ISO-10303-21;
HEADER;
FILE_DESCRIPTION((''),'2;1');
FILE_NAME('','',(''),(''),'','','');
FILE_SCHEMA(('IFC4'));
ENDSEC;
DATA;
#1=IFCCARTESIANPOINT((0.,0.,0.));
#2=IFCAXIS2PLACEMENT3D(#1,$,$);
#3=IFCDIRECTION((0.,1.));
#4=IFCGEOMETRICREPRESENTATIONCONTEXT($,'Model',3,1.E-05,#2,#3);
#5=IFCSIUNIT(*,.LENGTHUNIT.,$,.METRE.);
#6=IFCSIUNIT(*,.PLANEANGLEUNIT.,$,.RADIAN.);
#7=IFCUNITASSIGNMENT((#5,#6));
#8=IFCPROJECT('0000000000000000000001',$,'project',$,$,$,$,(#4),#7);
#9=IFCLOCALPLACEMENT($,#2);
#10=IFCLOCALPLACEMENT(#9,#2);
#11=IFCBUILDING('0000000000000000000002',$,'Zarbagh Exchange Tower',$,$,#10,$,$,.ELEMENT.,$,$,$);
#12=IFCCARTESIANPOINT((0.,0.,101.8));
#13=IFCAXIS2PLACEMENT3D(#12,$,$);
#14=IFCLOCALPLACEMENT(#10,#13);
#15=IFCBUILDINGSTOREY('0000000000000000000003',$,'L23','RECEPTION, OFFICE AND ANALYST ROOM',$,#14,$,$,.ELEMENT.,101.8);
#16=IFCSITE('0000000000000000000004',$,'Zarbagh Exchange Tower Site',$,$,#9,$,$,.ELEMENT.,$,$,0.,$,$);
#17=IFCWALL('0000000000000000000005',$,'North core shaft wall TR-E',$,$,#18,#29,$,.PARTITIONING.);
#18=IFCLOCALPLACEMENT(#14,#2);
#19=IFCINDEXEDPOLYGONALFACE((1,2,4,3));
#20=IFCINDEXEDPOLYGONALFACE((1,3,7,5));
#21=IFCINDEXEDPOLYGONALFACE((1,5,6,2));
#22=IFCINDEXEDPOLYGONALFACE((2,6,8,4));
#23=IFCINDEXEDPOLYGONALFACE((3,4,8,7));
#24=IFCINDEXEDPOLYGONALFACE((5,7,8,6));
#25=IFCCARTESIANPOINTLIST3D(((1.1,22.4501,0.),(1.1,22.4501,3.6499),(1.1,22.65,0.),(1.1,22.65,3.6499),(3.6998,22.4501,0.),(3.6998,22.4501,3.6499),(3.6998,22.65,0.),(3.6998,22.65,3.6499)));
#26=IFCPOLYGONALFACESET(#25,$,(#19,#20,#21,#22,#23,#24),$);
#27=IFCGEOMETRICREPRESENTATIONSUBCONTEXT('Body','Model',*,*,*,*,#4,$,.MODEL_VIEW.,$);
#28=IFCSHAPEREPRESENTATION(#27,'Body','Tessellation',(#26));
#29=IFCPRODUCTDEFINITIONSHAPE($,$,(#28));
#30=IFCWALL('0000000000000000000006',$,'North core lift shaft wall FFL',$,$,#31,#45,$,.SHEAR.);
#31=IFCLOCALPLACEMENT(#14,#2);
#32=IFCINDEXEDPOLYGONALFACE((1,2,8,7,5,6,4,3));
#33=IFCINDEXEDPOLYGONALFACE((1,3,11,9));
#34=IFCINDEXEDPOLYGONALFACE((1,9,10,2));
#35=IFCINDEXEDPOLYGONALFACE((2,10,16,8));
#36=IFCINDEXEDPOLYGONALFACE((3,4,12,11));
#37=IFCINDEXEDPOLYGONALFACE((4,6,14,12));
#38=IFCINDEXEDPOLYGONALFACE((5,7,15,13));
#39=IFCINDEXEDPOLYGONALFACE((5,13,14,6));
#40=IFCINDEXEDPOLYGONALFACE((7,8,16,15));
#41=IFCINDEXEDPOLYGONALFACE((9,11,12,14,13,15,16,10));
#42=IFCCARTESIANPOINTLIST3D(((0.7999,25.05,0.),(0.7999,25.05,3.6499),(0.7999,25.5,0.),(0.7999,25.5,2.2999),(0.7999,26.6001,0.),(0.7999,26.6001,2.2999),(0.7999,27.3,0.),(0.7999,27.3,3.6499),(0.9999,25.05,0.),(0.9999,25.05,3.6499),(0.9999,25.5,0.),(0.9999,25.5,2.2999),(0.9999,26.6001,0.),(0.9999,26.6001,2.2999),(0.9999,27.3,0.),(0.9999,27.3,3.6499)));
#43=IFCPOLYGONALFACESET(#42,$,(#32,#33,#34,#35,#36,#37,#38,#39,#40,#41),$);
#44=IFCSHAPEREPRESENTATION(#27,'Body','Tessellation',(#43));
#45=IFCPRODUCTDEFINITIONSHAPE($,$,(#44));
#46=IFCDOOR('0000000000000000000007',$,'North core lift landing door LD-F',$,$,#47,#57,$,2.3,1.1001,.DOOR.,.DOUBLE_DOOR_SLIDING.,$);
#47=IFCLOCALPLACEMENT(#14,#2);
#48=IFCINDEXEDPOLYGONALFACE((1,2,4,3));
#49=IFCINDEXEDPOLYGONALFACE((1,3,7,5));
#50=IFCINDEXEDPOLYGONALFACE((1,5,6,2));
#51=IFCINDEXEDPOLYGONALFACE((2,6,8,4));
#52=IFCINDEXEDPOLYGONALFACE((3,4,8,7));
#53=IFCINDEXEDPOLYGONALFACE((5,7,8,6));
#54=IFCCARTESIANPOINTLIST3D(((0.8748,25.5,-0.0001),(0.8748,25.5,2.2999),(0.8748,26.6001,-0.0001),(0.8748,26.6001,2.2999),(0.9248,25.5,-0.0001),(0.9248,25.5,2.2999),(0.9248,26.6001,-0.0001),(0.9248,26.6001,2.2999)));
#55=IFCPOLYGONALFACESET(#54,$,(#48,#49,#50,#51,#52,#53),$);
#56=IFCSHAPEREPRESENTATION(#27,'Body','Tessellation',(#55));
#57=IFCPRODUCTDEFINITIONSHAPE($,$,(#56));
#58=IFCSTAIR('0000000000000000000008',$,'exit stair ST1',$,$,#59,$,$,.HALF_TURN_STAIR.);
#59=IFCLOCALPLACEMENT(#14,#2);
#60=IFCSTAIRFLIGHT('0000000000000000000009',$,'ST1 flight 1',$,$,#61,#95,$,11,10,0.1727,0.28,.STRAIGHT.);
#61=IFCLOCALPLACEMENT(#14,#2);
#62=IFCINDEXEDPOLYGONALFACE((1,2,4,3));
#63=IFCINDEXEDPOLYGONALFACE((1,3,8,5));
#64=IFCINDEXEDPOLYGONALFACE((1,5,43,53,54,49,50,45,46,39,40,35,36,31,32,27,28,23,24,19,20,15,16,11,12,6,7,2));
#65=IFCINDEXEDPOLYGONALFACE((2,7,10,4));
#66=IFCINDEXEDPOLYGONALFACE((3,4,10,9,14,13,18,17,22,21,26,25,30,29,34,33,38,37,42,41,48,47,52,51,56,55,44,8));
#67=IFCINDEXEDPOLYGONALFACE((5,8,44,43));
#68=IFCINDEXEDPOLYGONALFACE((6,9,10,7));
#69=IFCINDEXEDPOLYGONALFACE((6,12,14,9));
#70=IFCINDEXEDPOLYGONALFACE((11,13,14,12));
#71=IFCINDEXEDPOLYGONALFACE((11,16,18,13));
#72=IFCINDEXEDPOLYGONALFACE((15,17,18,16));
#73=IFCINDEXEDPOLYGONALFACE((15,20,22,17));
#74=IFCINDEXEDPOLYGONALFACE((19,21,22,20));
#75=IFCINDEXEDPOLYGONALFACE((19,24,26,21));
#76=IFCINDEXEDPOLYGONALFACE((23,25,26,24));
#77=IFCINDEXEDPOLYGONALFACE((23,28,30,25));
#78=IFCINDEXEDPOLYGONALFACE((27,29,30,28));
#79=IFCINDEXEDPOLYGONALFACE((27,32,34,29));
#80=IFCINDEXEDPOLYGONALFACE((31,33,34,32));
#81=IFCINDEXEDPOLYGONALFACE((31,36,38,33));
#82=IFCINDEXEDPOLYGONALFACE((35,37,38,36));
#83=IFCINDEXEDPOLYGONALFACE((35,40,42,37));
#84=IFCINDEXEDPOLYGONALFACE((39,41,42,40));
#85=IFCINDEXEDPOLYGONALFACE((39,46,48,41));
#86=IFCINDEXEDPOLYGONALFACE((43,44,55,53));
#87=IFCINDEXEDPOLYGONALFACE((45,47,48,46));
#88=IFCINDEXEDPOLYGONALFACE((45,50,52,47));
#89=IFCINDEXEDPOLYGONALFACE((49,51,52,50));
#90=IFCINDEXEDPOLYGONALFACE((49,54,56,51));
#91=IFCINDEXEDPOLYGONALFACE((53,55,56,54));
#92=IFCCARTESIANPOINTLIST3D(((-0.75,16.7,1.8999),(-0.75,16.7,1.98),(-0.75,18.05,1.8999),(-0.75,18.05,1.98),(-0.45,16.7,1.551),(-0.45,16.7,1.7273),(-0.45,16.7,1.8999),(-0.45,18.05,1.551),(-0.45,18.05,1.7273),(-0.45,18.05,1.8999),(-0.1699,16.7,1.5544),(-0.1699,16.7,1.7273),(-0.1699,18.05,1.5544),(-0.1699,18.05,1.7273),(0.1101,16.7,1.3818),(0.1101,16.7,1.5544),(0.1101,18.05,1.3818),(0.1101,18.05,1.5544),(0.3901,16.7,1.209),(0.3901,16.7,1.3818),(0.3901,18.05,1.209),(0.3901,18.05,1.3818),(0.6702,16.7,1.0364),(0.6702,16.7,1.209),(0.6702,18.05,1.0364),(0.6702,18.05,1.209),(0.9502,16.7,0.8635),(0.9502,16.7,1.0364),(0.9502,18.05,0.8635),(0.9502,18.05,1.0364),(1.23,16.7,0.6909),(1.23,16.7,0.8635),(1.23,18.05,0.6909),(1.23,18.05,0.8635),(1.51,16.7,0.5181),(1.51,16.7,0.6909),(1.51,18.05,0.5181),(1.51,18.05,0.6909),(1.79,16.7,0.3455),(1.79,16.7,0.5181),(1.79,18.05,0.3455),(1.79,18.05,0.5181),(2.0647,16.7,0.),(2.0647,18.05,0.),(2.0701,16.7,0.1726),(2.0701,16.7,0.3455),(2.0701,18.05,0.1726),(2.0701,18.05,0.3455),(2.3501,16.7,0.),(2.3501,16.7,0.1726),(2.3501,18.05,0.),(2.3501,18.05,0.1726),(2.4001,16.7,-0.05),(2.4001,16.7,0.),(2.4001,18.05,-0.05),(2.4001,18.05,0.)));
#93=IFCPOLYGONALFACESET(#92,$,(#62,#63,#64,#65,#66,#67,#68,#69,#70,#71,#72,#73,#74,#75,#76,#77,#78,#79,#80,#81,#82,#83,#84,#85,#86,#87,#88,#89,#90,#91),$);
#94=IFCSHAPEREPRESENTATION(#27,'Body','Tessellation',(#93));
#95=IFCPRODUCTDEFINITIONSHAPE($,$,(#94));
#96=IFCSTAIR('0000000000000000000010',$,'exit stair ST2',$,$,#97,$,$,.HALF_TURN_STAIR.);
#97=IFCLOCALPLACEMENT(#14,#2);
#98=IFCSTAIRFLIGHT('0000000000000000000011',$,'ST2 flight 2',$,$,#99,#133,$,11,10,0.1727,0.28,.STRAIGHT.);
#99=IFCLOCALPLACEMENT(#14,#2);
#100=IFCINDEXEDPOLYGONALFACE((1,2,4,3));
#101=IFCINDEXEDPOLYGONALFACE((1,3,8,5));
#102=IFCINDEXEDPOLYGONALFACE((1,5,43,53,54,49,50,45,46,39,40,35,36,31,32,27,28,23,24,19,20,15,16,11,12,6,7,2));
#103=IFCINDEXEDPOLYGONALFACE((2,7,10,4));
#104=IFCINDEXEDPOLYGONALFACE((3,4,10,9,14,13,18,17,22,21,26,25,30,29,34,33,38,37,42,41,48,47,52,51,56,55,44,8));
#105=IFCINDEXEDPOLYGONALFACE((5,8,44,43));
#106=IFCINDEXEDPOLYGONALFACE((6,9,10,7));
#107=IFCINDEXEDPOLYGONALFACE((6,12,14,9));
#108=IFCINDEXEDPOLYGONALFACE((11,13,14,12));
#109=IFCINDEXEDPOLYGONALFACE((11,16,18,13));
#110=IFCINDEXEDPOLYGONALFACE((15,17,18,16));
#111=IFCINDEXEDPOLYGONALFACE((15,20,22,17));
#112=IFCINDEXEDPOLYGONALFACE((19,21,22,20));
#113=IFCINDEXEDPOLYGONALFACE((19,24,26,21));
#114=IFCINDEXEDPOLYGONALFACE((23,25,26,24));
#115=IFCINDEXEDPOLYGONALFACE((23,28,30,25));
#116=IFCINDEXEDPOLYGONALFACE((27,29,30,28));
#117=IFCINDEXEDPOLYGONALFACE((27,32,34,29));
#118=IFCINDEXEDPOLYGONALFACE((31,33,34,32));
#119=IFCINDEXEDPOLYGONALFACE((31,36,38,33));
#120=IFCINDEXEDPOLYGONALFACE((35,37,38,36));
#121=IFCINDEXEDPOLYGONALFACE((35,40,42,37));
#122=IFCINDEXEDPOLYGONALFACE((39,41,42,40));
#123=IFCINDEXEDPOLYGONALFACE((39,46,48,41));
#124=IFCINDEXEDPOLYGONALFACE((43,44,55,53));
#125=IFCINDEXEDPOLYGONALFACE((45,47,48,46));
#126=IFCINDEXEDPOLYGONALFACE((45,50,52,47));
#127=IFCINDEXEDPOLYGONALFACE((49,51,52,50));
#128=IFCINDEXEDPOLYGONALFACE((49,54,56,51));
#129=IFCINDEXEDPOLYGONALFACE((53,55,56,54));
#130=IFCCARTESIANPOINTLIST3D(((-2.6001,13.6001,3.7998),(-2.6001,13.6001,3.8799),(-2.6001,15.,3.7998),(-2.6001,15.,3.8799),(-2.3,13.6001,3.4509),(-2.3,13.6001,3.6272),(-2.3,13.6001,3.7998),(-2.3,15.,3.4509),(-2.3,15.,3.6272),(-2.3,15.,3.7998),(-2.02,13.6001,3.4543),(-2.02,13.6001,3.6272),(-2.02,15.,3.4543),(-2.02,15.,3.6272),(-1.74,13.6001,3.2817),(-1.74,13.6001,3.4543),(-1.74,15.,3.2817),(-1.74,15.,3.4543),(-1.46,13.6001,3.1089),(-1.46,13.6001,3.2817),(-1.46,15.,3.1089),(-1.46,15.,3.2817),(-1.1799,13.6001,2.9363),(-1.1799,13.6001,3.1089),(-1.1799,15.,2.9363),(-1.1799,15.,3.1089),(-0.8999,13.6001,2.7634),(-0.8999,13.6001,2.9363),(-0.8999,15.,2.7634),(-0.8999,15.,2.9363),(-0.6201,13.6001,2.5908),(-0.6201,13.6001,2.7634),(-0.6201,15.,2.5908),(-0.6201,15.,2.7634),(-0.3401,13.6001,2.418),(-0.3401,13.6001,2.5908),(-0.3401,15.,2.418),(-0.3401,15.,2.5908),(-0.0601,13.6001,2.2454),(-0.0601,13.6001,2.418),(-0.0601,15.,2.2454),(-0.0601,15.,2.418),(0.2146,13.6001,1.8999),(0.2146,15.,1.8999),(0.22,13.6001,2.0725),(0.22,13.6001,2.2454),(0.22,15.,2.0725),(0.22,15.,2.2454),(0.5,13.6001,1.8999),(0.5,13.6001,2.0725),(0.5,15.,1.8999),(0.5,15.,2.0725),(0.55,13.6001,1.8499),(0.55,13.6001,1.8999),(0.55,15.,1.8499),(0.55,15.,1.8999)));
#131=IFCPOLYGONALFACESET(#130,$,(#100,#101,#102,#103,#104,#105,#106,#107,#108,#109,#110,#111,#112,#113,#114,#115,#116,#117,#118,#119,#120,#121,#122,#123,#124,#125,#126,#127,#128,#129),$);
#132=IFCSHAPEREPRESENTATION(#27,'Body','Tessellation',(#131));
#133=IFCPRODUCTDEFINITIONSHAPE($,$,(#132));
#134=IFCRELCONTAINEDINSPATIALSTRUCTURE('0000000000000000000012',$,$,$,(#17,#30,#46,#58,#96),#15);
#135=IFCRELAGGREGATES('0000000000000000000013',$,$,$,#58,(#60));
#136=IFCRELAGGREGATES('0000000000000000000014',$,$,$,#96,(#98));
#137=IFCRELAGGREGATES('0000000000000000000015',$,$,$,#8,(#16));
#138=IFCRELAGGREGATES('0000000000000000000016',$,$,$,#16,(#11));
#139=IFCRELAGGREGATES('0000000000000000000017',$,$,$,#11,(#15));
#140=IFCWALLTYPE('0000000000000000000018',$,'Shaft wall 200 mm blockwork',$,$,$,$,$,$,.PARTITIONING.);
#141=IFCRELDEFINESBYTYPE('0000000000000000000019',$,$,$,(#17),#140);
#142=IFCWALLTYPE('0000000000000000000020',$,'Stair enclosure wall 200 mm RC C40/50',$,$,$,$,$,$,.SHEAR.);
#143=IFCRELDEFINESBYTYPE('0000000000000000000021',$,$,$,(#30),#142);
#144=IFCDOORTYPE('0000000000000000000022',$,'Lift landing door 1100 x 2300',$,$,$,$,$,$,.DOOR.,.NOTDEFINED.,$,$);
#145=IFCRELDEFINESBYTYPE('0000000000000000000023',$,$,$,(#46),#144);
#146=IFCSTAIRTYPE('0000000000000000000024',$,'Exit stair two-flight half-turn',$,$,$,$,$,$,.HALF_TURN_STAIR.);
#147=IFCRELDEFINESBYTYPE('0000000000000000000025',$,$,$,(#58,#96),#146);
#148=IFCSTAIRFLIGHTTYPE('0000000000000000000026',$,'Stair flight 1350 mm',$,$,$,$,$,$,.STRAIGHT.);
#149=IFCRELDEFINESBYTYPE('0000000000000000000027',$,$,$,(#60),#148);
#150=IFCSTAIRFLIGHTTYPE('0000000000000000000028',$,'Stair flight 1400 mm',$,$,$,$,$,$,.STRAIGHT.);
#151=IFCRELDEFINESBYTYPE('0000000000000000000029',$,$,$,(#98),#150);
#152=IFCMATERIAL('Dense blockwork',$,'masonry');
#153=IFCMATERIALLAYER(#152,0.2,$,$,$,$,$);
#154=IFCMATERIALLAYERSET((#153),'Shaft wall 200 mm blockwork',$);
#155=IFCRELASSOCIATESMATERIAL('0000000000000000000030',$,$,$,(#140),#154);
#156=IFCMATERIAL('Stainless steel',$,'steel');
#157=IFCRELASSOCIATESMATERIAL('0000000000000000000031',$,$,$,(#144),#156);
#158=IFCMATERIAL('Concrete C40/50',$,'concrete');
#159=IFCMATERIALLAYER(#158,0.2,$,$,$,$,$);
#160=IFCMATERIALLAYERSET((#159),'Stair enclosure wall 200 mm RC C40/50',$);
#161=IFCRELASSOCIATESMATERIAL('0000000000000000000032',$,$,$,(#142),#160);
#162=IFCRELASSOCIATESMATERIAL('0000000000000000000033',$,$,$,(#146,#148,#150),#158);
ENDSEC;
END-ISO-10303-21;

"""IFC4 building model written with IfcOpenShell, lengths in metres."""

from ifc_helpers import new_model, si_unit, direction, frame, frame_2d, origin, place, context, subcontext, project, spatial, polyline, rectangle, outline, extrude, material, layer, layer_set, type_object, element, fill, aggregate, save


model = new_model("IFC4")

# Units and contexts
model_context = context("Model", 3, precision=1e-05, world=origin(), true_north=direction((0.0, 1.0)))
body_context = subcontext(model_context, "Body", "Model", "MODEL_VIEW")
ifc_project = project(units=[si_unit("LENGTHUNIT", "METRE"), si_unit("PLANEANGLEUNIT", "RADIAN")], contexts=[model_context])

# Site, building, storey
site_placement = place(None, origin())
site = spatial("IfcSite", under=ifc_project, at=site_placement, Name="Zarbagh Exchange Tower Site", CompositionType="ELEMENT", RefElevation=0.0)
building_placement = place(site_placement, origin())
building = spatial("IfcBuilding", under=site, at=building_placement, Name="Zarbagh Exchange Tower", CompositionType="ELEMENT")
storey_placement = place(building_placement, frame((0.0, 0.0, 101.8)))
storey = spatial("IfcBuildingStorey", under=building, at=storey_placement, Name="L23", Description="RECEPTION, OFFICE AND ANALYST ROOM", CompositionType="ELEMENT", Elevation=101.8)

# Shared definitions
ifc_material_1 = material(Name="Dense blockwork", Category="masonry")

# Shared definitions
ifc_layer_1 = layer(ifc_material_1, 0.2)
ifc_layer_set_1 = layer_set([ifc_layer_1], Name="Shaft wall 200 mm blockwork")
wall_type_1 = type_object("IfcWallType", Name="Shaft wall 200 mm blockwork", PredefinedType="PARTITIONING", material=ifc_layer_set_1)

# Shared definitions
ifc_material_2 = material(Name="Stainless steel", Category="steel")
door_type_1 = type_object("IfcDoorType", Name="Lift landing door 1100 x 2300", OperationType="NOTDEFINED", PredefinedType="DOOR", material=ifc_material_2)

# Wall
wall_1_placement = place(storey_placement, frame((1.1001, 22.55, 0.0), z_axis=(0.0, 0.0, 1.0), x_axis=(1.0, 0.0, 0.0)))
element("IfcWall", 1, at=wall_1_placement, inside=storey, type_object=wall_type_1, Name="North core shaft wall TR-E", PredefinedType="PARTITIONING", context=body_context, shape_type="SweptSolid", body=[
    extrude(rectangle(XDim=2.5999, YDim=0.2, at=frame_2d((1.2998, 0.0))), origin(), (0.0, 0.0, 1.0), 3.6499),
])

# Wall, opening, door
ifc_material_3 = material(Name="Concrete C40/50", Category="concrete")
ifc_layer_2 = layer(ifc_material_3, 0.2)
ifc_layer_set_2 = layer_set([ifc_layer_2], Name="Stair enclosure wall 200 mm RC C40/50")
wall_type_2 = type_object("IfcWallType", Name="Stair enclosure wall 200 mm RC C40/50", PredefinedType="SHEAR", material=ifc_layer_set_2)
wall_2_placement = place(storey_placement, frame((0.8999, 27.3, 0.0), z_axis=(0.0, 0.0, 1.0), x_axis=(0.0, -1.0, 0.0)))
wall_2 = element("IfcWall", 2, at=wall_2_placement, inside=storey, type_object=wall_type_2, Name="North core lift shaft wall FFL", PredefinedType="SHEAR", context=body_context, shape_type="SweptSolid", body=[
    extrude(rectangle(XDim=2.25, YDim=0.2, at=frame_2d((1.125, 0.0))), origin(), (0.0, 0.0, 1.0), 3.6499),
])
opening_1_placement = place(wall_2_placement, frame((0.7, 0.0, 0.0)))
opening_1 = element("IfcOpeningElement", 3, at=opening_1_placement, cuts=wall_2, PredefinedType="OPENING", context=body_context, shape_type="SweptSolid", body=[
    extrude(rectangle(XDim=1.1001, YDim=2.3, at=frame_2d((0.55, 1.1499))), frame((0.0, 0.1099, 0.0), z_axis=(0.0, -1.0, 0.0), x_axis=(1.0, 0.0, 0.0)), (0.0, 0.0, 1.0), 0.22),
])
door_1_placement = place(opening_1_placement, origin())
door_1 = element("IfcDoor", 4, at=door_1_placement, inside=storey, type_object=door_type_1, Name="North core lift landing door LD-F", OperationType="DOUBLE_DOOR_SLIDING", OverallHeight=2.3, OverallWidth=1.1001, PredefinedType="DOOR", context=body_context, shape_type="SweptSolid", body=[
    extrude(rectangle(XDim=1.1001, YDim=2.3, at=frame_2d((0.55, 1.1499))), frame((0.0, 0.0249, 0.0), z_axis=(0.0, -1.0, 0.0), x_axis=(1.0, 0.0, 0.0)), (0.0, 0.0, 1.0), 0.05),
])
fill(opening_1, door_1)

# Stairs, stair flights
stair_type = type_object("IfcStairType", Name="Exit stair two-flight half-turn", PredefinedType="HALF_TURN_STAIR", material=ifc_material_3)
stair_1_placement = place(storey_placement, origin())
stair_1 = element("IfcStair", 5, at=stair_1_placement, inside=storey, type_object=stair_type, Name="exit stair ST1", PredefinedType="HALF_TURN_STAIR")
stair_flight_type_1 = type_object("IfcStairFlightType", Name="Stair flight 1350 mm", PredefinedType="STRAIGHT", material=ifc_material_3)
stair_flight_1_placement = place(storey_placement, frame((2.3501, 17.375, 0.0), z_axis=(0.0, 0.0, 1.0), x_axis=(-1.0, 0.0, 0.0)))
stair_flight_1 = element("IfcStairFlight", 6, at=stair_flight_1_placement, type_object=stair_flight_type_1, Name="ST1 flight 1", NumberOfRisers=11, NumberOfTreads=10, PredefinedType="STRAIGHT", RiserHeight=0.1727, TreadLength=0.28, context=body_context, shape_type="SweptSolid", body=[
    extrude(outline(polyline([(-0.05, -0.05), (-0.05, 0.0), (0.0, 0.0), (0.0, 0.1726), (0.28, 0.1726), (0.28, 0.3455), (0.5601, 0.3455), (0.5601, 0.5181), (0.8401, 0.5181), (0.8401, 0.6909), (1.1201, 0.6909), (1.1201, 0.8635), (1.3999, 0.8635), (1.3999, 1.0364), (1.6799, 1.0364), (1.6799, 1.209), (1.96, 1.209), (1.96, 1.3818), (2.24, 1.3818), (2.24, 1.5544), (2.52, 1.5544), (2.52, 1.7273), (2.8, 1.7273), (2.8, 1.8999), (3.1001, 1.98), (3.1001, 1.8999), (2.8, 1.551), (0.2854, 0.0), (-0.05, -0.05)])), frame((0.0, 0.675, 0.0), z_axis=(0.0, -1.0, 0.0), x_axis=(1.0, 0.0, 0.0)), (0.0, 0.0, 1.0), 1.3501),
])
aggregate(stair_1, [stair_flight_1])
stair_2_placement = place(storey_placement, origin())
stair_2 = element("IfcStair", 7, at=stair_2_placement, inside=storey, type_object=stair_type, Name="exit stair ST2", PredefinedType="HALF_TURN_STAIR")
stair_flight_type_2 = type_object("IfcStairFlightType", Name="Stair flight 1400 mm", PredefinedType="STRAIGHT", material=ifc_material_3)
stair_flight_2_placement = place(storey_placement, frame((0.5, 14.3, 1.8999), z_axis=(0.0, 0.0, 1.0), x_axis=(-1.0, 0.0, 0.0)))
stair_flight_2 = element("IfcStairFlight", 8, at=stair_flight_2_placement, type_object=stair_flight_type_2, Name="ST2 flight 2", NumberOfRisers=11, NumberOfTreads=10, PredefinedType="STRAIGHT", RiserHeight=0.1727, TreadLength=0.28, context=body_context, shape_type="SweptSolid", body=[
    extrude(outline(polyline([(-0.05, -0.05), (-0.05, 0.0), (0.0, 0.0), (0.0, 0.1726), (0.28, 0.1726), (0.28, 0.3455), (0.5601, 0.3455), (0.5601, 0.5181), (0.8401, 0.5181), (0.8401, 0.6909), (1.1201, 0.6909), (1.1201, 0.8635), (1.3999, 0.8635), (1.3999, 1.0364), (1.6799, 1.0364), (1.6799, 1.209), (1.96, 1.209), (1.96, 1.3818), (2.24, 1.3818), (2.24, 1.5544), (2.52, 1.5544), (2.52, 1.7273), (2.8, 1.7273), (2.8, 1.8999), (3.1001, 1.98), (3.1001, 1.8999), (2.8, 1.551), (0.2854, 0.0), (-0.05, -0.05)])), frame((0.0, 0.7, 0.0), z_axis=(0.0, -1.0, 0.0), x_axis=(1.0, 0.0, 0.0)), (0.0, 0.0, 1.0), 1.3999),
])
aggregate(stair_2, [stair_flight_2])

save(model, "model.ifc")
